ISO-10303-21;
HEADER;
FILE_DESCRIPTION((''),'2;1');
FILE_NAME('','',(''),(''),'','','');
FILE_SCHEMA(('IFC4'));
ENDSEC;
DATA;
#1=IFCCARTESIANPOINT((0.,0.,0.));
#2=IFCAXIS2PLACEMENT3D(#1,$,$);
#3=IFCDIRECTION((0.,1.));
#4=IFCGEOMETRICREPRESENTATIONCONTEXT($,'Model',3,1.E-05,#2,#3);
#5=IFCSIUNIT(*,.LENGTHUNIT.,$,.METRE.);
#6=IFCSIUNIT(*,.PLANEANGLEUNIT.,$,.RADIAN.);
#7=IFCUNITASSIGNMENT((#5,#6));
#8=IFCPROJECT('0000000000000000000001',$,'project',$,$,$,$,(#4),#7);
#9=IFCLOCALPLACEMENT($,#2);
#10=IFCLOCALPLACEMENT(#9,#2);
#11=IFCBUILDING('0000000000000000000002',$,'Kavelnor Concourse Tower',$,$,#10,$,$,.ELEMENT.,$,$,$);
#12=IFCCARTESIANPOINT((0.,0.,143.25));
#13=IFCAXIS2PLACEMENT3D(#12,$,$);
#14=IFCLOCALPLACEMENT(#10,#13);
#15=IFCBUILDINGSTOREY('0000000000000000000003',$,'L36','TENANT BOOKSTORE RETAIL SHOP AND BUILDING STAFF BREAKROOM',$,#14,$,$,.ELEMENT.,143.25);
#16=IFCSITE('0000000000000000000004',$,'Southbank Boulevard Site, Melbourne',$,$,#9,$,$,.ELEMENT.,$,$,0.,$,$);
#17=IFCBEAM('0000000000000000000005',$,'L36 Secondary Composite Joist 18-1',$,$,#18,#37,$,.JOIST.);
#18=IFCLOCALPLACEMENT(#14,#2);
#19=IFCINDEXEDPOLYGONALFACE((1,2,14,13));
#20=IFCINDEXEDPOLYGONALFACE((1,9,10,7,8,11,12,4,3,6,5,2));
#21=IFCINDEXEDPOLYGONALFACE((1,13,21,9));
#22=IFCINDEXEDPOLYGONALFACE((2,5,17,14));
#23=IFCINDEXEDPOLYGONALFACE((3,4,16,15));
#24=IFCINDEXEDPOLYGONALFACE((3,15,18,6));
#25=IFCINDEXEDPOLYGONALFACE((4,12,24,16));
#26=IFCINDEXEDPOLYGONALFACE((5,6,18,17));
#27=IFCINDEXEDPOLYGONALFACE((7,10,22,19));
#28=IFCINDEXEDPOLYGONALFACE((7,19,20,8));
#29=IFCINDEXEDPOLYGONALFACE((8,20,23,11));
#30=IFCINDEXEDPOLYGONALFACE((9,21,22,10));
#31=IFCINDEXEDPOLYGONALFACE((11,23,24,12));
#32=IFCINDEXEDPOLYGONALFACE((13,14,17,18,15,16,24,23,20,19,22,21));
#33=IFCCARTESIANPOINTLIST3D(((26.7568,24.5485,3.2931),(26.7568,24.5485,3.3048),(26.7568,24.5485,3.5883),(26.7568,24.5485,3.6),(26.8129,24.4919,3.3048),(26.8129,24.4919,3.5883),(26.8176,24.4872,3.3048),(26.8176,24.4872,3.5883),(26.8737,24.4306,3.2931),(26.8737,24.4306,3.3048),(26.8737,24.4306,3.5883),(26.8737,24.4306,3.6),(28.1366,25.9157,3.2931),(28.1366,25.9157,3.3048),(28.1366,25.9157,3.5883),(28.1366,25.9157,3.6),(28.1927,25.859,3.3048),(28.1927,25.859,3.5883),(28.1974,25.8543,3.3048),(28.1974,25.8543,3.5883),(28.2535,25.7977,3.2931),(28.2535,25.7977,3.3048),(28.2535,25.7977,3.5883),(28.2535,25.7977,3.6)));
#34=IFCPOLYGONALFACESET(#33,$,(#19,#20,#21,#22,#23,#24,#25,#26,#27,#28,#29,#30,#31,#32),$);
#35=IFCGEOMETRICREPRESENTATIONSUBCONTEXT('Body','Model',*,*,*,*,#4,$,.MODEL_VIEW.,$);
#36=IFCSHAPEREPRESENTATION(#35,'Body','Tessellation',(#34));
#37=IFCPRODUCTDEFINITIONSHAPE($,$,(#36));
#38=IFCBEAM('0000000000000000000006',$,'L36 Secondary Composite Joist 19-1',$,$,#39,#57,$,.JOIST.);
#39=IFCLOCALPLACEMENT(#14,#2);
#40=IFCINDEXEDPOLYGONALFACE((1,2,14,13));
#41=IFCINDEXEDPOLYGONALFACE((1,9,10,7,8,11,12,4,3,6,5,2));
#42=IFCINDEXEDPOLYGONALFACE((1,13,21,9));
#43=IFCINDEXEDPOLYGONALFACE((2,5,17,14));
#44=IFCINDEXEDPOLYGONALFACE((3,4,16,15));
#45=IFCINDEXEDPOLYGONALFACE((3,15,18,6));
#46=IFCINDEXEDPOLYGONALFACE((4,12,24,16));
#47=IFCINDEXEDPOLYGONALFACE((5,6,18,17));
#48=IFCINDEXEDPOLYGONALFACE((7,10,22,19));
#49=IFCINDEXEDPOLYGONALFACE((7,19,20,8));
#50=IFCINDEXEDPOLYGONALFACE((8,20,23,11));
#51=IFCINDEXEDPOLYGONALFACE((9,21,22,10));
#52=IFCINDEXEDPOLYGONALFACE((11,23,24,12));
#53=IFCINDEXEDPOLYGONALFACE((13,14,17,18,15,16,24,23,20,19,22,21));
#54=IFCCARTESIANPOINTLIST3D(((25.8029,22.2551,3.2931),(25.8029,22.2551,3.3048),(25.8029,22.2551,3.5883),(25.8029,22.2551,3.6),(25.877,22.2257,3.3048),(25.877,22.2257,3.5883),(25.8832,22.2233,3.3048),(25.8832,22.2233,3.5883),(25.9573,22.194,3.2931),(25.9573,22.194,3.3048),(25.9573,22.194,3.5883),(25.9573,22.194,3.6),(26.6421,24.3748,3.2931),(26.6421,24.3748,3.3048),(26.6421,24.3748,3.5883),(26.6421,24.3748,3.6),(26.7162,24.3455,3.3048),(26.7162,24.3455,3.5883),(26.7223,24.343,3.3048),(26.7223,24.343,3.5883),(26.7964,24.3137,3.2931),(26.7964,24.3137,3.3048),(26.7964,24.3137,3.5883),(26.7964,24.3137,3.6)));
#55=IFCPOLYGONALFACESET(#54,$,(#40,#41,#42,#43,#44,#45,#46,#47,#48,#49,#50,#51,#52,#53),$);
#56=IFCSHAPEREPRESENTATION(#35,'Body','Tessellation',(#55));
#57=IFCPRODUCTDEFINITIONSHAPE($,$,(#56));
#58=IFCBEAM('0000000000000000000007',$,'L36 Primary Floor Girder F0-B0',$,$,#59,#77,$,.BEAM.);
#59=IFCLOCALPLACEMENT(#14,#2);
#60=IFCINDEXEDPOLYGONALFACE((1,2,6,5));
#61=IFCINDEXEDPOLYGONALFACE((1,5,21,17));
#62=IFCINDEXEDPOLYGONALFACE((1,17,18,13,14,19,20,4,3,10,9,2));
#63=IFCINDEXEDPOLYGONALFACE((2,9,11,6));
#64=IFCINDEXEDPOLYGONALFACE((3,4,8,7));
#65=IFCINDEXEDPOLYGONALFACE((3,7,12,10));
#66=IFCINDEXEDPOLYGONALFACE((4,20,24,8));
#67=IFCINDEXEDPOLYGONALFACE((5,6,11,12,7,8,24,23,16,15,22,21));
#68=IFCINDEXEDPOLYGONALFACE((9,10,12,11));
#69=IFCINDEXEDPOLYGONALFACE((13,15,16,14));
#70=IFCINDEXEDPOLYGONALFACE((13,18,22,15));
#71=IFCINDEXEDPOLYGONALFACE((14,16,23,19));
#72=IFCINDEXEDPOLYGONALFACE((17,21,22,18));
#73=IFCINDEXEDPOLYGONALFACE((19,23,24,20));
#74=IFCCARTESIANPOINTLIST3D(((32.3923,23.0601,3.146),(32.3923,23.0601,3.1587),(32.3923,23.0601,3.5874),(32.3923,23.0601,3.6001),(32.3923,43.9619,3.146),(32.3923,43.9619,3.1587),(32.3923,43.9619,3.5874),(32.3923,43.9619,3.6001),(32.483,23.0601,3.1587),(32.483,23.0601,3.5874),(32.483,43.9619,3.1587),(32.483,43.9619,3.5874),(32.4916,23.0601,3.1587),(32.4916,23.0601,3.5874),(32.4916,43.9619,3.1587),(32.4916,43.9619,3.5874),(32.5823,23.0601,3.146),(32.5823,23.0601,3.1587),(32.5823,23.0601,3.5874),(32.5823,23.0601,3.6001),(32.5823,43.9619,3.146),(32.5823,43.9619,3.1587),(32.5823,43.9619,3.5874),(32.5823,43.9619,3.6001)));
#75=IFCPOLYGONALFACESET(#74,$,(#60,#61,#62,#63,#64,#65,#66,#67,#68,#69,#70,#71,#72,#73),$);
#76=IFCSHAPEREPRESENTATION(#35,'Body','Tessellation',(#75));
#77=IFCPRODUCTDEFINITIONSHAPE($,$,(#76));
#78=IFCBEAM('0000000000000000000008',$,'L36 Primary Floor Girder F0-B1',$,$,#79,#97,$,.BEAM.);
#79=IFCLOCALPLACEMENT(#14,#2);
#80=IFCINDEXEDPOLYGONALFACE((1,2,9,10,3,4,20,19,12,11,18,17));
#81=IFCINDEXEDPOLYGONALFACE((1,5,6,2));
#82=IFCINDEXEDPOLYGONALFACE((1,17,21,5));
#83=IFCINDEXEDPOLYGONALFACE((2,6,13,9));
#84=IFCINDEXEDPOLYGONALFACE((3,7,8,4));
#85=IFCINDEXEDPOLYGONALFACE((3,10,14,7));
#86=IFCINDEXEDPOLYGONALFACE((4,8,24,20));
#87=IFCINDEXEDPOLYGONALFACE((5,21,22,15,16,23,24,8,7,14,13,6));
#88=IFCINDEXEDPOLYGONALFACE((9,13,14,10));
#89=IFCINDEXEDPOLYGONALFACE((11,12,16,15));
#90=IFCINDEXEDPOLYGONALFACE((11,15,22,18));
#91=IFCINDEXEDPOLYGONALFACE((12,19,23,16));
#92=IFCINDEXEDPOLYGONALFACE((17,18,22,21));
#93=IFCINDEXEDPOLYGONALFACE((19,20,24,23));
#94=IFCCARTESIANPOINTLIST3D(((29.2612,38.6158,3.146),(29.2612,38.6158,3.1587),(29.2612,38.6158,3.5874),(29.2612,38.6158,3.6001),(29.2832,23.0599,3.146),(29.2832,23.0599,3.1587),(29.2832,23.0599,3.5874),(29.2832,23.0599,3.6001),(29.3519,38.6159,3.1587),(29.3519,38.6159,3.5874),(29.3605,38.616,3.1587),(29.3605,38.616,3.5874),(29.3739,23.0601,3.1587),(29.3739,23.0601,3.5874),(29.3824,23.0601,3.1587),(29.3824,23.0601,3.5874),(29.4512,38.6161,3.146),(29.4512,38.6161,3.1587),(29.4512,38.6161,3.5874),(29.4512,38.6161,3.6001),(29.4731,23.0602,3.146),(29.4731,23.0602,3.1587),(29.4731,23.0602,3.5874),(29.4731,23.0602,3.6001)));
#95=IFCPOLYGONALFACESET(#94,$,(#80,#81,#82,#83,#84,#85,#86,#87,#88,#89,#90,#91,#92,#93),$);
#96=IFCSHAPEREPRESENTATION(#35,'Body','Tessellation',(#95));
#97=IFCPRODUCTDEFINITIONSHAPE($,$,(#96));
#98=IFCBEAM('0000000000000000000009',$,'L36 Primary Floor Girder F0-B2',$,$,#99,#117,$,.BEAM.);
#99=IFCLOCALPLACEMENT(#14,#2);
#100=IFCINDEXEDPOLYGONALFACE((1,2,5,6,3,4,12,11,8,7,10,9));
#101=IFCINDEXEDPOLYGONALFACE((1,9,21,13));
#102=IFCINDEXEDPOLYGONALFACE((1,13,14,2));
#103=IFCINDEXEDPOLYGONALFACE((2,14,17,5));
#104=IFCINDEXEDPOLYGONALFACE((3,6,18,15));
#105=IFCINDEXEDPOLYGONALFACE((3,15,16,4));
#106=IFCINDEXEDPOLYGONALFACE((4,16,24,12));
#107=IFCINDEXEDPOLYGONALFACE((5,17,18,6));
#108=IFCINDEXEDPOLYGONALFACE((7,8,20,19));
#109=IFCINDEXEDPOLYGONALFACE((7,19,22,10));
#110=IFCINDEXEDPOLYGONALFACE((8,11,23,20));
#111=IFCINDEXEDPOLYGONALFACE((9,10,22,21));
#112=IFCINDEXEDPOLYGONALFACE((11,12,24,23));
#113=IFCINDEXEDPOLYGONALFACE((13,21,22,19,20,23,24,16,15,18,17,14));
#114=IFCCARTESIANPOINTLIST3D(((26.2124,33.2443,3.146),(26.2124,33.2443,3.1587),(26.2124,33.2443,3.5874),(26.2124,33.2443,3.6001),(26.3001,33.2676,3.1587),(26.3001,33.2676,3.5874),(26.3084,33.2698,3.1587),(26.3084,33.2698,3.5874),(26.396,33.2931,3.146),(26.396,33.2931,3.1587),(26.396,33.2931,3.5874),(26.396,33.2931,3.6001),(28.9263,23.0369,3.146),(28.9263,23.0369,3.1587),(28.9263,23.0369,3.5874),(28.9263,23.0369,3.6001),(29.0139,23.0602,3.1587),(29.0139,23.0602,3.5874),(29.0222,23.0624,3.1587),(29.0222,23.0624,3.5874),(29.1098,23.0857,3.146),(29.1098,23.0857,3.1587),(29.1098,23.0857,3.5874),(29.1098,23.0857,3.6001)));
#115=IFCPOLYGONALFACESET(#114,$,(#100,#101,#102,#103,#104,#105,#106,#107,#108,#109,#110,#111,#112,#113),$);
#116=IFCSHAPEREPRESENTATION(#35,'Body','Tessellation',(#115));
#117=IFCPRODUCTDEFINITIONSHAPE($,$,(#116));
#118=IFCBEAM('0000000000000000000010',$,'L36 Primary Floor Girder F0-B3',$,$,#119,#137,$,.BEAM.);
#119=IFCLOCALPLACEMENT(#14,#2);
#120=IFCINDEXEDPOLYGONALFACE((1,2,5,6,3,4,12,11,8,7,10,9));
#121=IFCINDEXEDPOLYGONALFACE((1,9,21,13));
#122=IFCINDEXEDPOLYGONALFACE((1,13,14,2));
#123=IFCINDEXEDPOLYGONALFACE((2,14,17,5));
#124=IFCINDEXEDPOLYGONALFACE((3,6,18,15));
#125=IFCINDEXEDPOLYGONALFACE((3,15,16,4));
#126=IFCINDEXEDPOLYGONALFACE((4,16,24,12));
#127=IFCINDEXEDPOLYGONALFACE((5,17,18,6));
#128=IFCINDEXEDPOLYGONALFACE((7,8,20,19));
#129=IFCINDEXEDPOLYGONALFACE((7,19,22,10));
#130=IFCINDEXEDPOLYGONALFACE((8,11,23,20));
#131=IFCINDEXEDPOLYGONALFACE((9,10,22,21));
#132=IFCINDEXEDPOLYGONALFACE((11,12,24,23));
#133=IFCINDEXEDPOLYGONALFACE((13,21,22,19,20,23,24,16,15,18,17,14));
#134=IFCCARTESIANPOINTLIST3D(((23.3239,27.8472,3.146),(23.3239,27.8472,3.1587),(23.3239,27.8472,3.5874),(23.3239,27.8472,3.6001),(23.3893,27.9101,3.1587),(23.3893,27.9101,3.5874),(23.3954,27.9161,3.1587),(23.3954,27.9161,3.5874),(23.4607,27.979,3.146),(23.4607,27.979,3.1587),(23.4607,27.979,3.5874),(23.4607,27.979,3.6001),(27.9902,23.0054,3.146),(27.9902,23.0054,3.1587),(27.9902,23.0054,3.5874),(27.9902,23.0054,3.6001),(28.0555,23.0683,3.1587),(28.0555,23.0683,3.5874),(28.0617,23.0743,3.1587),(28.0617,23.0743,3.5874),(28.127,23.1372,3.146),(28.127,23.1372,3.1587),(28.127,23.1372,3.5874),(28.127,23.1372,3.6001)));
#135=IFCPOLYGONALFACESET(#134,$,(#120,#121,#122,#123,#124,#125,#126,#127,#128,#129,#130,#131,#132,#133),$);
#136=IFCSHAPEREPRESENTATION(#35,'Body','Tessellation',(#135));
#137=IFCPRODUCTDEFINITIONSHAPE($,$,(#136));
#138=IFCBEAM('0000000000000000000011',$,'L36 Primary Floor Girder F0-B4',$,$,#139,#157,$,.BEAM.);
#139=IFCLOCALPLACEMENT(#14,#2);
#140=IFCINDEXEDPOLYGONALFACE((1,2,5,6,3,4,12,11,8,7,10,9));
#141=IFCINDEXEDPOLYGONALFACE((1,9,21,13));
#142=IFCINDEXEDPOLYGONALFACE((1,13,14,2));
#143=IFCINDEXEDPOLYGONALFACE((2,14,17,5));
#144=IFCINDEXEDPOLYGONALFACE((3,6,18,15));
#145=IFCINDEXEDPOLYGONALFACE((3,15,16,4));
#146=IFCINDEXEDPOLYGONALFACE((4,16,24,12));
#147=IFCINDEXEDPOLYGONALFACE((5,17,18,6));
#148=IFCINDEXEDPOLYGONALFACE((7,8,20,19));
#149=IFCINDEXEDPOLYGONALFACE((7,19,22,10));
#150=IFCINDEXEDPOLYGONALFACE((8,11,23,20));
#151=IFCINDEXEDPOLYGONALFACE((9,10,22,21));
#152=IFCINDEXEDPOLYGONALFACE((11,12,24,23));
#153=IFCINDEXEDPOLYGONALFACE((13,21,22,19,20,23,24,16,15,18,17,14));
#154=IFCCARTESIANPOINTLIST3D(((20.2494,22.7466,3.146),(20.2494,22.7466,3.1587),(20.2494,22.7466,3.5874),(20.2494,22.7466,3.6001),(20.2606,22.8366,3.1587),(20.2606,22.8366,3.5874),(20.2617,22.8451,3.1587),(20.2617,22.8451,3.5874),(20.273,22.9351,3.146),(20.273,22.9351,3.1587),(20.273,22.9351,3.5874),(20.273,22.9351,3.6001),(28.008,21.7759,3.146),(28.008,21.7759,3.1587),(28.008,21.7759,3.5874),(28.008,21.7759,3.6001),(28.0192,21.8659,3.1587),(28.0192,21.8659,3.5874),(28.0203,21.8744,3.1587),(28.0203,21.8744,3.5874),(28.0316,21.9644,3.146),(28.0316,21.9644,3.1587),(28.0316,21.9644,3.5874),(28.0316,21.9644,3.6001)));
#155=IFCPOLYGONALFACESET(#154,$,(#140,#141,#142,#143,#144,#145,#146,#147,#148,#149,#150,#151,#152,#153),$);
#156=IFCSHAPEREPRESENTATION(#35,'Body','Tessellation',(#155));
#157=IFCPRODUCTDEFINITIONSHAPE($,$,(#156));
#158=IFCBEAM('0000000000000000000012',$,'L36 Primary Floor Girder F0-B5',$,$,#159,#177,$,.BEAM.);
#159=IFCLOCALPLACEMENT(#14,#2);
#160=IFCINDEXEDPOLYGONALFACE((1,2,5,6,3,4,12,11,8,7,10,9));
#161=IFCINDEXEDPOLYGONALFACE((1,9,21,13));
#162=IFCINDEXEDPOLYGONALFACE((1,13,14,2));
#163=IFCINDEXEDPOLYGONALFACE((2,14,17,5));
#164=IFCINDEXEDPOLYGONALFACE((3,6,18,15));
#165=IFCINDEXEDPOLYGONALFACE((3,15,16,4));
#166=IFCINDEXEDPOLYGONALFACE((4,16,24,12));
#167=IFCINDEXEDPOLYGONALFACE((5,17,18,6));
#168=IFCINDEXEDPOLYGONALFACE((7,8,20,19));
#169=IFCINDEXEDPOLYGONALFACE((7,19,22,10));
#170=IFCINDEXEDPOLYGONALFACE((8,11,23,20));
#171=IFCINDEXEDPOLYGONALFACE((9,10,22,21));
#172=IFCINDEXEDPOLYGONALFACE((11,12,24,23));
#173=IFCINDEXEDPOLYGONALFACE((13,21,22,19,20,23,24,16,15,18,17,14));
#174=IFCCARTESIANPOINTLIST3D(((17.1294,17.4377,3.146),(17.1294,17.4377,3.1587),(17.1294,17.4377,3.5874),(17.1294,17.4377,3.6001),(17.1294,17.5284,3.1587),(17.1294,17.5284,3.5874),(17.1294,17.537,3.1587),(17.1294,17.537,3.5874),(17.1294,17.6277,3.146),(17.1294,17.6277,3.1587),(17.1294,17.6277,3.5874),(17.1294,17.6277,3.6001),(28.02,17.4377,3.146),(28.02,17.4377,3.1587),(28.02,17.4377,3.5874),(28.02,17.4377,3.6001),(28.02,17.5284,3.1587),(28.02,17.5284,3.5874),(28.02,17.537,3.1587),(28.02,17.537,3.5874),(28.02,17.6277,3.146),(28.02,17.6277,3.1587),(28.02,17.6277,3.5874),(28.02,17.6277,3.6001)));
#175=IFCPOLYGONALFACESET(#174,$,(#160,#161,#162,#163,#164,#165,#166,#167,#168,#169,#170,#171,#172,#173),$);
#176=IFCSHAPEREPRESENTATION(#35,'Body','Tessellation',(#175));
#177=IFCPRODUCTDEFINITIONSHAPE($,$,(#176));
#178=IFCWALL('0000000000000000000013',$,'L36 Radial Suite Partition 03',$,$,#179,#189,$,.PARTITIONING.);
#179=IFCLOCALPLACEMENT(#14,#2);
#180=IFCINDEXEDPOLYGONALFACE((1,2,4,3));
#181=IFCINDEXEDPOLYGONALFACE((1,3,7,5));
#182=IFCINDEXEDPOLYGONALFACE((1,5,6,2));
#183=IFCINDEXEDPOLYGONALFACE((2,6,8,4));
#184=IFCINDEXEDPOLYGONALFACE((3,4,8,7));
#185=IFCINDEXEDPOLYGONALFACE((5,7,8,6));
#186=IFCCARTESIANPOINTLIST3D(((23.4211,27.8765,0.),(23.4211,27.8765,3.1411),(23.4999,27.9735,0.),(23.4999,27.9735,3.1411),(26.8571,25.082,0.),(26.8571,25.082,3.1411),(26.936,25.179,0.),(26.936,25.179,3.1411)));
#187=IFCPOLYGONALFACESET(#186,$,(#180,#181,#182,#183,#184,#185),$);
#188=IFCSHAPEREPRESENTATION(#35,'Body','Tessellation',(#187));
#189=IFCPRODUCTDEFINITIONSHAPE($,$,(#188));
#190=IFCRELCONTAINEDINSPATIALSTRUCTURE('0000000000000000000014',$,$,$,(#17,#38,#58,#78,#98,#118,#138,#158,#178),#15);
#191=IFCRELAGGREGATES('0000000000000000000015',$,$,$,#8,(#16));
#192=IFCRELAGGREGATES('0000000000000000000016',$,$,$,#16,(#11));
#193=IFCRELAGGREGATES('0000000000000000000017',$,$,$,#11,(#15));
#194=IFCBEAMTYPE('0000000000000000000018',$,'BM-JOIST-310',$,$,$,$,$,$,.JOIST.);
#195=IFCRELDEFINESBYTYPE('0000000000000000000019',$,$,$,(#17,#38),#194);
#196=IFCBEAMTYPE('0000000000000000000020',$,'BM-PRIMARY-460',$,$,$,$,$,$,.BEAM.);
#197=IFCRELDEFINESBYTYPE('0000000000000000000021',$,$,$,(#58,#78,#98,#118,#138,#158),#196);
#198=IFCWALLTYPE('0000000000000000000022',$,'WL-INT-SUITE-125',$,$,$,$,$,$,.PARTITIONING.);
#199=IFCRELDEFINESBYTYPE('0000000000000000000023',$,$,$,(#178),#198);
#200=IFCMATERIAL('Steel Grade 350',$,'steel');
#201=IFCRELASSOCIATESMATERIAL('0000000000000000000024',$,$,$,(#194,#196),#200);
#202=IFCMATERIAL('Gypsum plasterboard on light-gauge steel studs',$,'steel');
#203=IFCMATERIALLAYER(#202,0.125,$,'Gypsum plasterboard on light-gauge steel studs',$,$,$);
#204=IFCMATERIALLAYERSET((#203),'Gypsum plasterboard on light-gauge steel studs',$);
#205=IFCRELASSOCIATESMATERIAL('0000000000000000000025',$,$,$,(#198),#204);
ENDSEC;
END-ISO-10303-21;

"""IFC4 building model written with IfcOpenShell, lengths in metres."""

from ifc_helpers import new_model, si_unit, direction, frame, frame_2d, origin, origin_2d, place, context, subcontext, project, spatial, rectangle, i_section, extrude, material, layer, layer_set, material_profile, profile_set, type_object, element, save


model = new_model("IFC4")

# Units and contexts
model_context = context("Model", 3, precision=1e-05, world=origin(), true_north=direction((0.0, 1.0)))
body_context = subcontext(model_context, "Body", "Model", "MODEL_VIEW")
ifc_project = project(units=[si_unit("LENGTHUNIT", "METRE"), si_unit("PLANEANGLEUNIT", "RADIAN")], contexts=[model_context])

# Site, building, storey
site_placement = place(None, origin())
site = spatial("IfcSite", under=ifc_project, at=site_placement, Name="Southbank Boulevard Site, Melbourne", CompositionType="ELEMENT", RefElevation=0.0)
building_placement = place(site_placement, origin())
building = spatial("IfcBuilding", under=site, at=building_placement, Name="Kavelnor Concourse Tower", CompositionType="ELEMENT")
storey_placement = place(building_placement, frame((0.0, 0.0, 143.25)))
storey = spatial("IfcBuildingStorey", under=building, at=storey_placement, Name="L36", Description="TENANT BOOKSTORE RETAIL SHOP AND BUILDING STAFF BREAKROOM", CompositionType="ELEMENT", Elevation=143.25)

# Beams
ifc_material_1 = material(Name="Steel Grade 350", Category="steel")
ifc_material_profile_1 = material_profile(ifc_material_1, i_section(OverallWidth=0.166, OverallDepth=0.3069, WebThickness=0.0066, FlangeThickness=0.0117, at=origin_2d()), Name="310UB46")
ifc_profile_set_1 = profile_set([ifc_material_profile_1], Name="Steel Grade 350")
beam_type_1 = type_object("IfcBeamType", Name="BM-JOIST-310", PredefinedType="JOIST", material=ifc_profile_set_1)
beam_1_placement = place(storey_placement, frame((28.1951, 25.8567, 3.4465), z_axis=(-0.710367, -0.703831, 0.0), x_axis=(0.703831, -0.710367, 0.0)))
element("IfcBeam", 1, at=beam_1_placement, inside=storey, type_object=beam_type_1, Name="L36 Secondary Composite Joist 18-1", PredefinedType="JOIST", context=body_context, shape_type="SweptSolid", body=[
    extrude(i_section(OverallWidth=0.166, OverallDepth=0.3069, WebThickness=0.0066, FlangeThickness=0.0117, at=origin_2d()), origin(), (0.0, 0.0, 1.0), 1.9424),
])
beam_2_placement = place(storey_placement, frame((26.7192, 24.3442, 3.4465), z_axis=(-0.368083, -0.929793, 0.0), x_axis=(0.929793, -0.368083, 0.0)))
element("IfcBeam", 2, at=beam_2_placement, inside=storey, type_object=beam_type_1, Name="L36 Secondary Composite Joist 19-1", PredefinedType="JOIST", context=body_context, shape_type="SweptSolid", body=[
    extrude(i_section(OverallWidth=0.166, OverallDepth=0.3069, WebThickness=0.0066, FlangeThickness=0.0117, at=origin_2d()), origin(), (0.0, 0.0, 1.0), 2.2798),
])
ifc_material_profile_2 = material_profile(ifc_material_1, i_section(OverallWidth=0.1899, OverallDepth=0.4541, WebThickness=0.0085, FlangeThickness=0.0127, at=origin_2d()), Name="460UB67")
ifc_profile_set_2 = profile_set([ifc_material_profile_2], Name="Steel Grade 350")
beam_type_2 = type_object("IfcBeamType", Name="BM-PRIMARY-460", PredefinedType="BEAM", material=ifc_profile_set_2)
beam_3_placement = place(storey_placement, frame((32.4873, 23.0601, 3.373), z_axis=(0.0, 1.0, 0.0), x_axis=(-1.0, 0.0, 0.0)))
element("IfcBeam", 3, at=beam_3_placement, inside=storey, type_object=beam_type_2, Name="L36 Primary Floor Girder F0-B0", PredefinedType="BEAM", context=body_context, shape_type="SweptSolid", body=[
    extrude(i_section(OverallWidth=0.1899, OverallDepth=0.4541, WebThickness=0.0085, FlangeThickness=0.0127, at=origin_2d()), origin(), (0.0, 0.0, 1.0), 20.9019),
])
beam_4_placement = place(storey_placement, frame((29.3782, 23.0601, 3.373), z_axis=(-0.001412, 0.999999, 0.0), x_axis=(-0.999999, -0.001412, 0.0)))
element("IfcBeam", 4, at=beam_4_placement, inside=storey, type_object=beam_type_2, Name="L36 Primary Floor Girder F0-B1", PredefinedType="BEAM", context=body_context, shape_type="SweptSolid", body=[
    extrude(i_section(OverallWidth=0.1899, OverallDepth=0.4541, WebThickness=0.0085, FlangeThickness=0.0127, at=origin_2d()), origin(), (0.0, 0.0, 1.0), 15.5559),
])
beam_5_placement = place(storey_placement, frame((29.0181, 23.0613, 3.373), z_axis=(-0.256943, 0.966426, 0.0), x_axis=(-0.966426, -0.256943, 0.0)))
element("IfcBeam", 5, at=beam_5_placement, inside=storey, type_object=beam_type_2, Name="L36 Primary Floor Girder F0-B2", PredefinedType="BEAM", context=body_context, shape_type="SweptSolid", body=[
    extrude(i_section(OverallWidth=0.1899, OverallDepth=0.4541, WebThickness=0.0085, FlangeThickness=0.0127, at=origin_2d()), origin(), (0.0, 0.0, 1.0), 10.562),
])
beam_6_placement = place(storey_placement, frame((28.0586, 23.0713, 3.373), z_axis=(-0.693934, 0.720039, 0.0), x_axis=(-0.720039, -0.693934, 0.0)))
element("IfcBeam", 6, at=beam_6_placement, inside=storey, type_object=beam_type_2, Name="L36 Primary Floor Girder F0-B3", PredefinedType="BEAM", context=body_context, shape_type="SweptSolid", body=[
    extrude(i_section(OverallWidth=0.1899, OverallDepth=0.4541, WebThickness=0.0085, FlangeThickness=0.0127, at=origin_2d()), origin(), (0.0, 0.0, 1.0), 6.7244),
])
beam_7_placement = place(storey_placement, frame((28.0198, 21.8701, 3.373), z_axis=(-0.992264, 0.124146, 0.0), x_axis=(-0.124146, -0.992264, 0.0)))
element("IfcBeam", 7, at=beam_7_placement, inside=storey, type_object=beam_type_2, Name="L36 Primary Floor Girder F0-B4", PredefinedType="BEAM", context=body_context, shape_type="SweptSolid", body=[
    extrude(i_section(OverallWidth=0.1899, OverallDepth=0.4541, WebThickness=0.0085, FlangeThickness=0.0127, at=origin_2d()), origin(), (0.0, 0.0, 1.0), 7.8191),
])
beam_8_placement = place(storey_placement, frame((28.02, 17.5327, 3.373), z_axis=(-1.0, 0.0, 0.0), x_axis=(0.0, -1.0, 0.0)))
element("IfcBeam", 8, at=beam_8_placement, inside=storey, type_object=beam_type_2, Name="L36 Primary Floor Girder F0-B5", PredefinedType="BEAM", context=body_context, shape_type="SweptSolid", body=[
    extrude(i_section(OverallWidth=0.1899, OverallDepth=0.4541, WebThickness=0.0085, FlangeThickness=0.0127, at=origin_2d()), origin(), (0.0, 0.0, 1.0), 10.8906),
])

# Wall
ifc_material_2 = material(Name="Gypsum plasterboard on light-gauge steel studs", Category="steel")
ifc_layer_1 = layer(ifc_material_2, 0.125, Name="Gypsum plasterboard on light-gauge steel studs")
ifc_layer_set_1 = layer_set([ifc_layer_1], Name="Gypsum plasterboard on light-gauge steel studs")
wall_type_1 = type_object("IfcWallType", Name="WL-INT-SUITE-125", PredefinedType="PARTITIONING", material=ifc_layer_set_1)
wall_1_placement = place(storey_placement, frame((26.8965, 25.1306, 0.0), z_axis=(0.0, 0.0, 1.0), x_axis=(-0.775821, 0.630954, 0.0)))
element("IfcWall", 9, at=wall_1_placement, inside=storey, type_object=wall_type_1, Name="L36 Radial Suite Partition 03", PredefinedType="PARTITIONING", context=body_context, shape_type="SweptSolid", body=[
    extrude(rectangle(XDim=4.429, YDim=0.125, at=frame_2d((2.2144, 0.0))), origin(), (0.0, 0.0, 1.0), 3.1411),
])

save(model, "model.ifc")
